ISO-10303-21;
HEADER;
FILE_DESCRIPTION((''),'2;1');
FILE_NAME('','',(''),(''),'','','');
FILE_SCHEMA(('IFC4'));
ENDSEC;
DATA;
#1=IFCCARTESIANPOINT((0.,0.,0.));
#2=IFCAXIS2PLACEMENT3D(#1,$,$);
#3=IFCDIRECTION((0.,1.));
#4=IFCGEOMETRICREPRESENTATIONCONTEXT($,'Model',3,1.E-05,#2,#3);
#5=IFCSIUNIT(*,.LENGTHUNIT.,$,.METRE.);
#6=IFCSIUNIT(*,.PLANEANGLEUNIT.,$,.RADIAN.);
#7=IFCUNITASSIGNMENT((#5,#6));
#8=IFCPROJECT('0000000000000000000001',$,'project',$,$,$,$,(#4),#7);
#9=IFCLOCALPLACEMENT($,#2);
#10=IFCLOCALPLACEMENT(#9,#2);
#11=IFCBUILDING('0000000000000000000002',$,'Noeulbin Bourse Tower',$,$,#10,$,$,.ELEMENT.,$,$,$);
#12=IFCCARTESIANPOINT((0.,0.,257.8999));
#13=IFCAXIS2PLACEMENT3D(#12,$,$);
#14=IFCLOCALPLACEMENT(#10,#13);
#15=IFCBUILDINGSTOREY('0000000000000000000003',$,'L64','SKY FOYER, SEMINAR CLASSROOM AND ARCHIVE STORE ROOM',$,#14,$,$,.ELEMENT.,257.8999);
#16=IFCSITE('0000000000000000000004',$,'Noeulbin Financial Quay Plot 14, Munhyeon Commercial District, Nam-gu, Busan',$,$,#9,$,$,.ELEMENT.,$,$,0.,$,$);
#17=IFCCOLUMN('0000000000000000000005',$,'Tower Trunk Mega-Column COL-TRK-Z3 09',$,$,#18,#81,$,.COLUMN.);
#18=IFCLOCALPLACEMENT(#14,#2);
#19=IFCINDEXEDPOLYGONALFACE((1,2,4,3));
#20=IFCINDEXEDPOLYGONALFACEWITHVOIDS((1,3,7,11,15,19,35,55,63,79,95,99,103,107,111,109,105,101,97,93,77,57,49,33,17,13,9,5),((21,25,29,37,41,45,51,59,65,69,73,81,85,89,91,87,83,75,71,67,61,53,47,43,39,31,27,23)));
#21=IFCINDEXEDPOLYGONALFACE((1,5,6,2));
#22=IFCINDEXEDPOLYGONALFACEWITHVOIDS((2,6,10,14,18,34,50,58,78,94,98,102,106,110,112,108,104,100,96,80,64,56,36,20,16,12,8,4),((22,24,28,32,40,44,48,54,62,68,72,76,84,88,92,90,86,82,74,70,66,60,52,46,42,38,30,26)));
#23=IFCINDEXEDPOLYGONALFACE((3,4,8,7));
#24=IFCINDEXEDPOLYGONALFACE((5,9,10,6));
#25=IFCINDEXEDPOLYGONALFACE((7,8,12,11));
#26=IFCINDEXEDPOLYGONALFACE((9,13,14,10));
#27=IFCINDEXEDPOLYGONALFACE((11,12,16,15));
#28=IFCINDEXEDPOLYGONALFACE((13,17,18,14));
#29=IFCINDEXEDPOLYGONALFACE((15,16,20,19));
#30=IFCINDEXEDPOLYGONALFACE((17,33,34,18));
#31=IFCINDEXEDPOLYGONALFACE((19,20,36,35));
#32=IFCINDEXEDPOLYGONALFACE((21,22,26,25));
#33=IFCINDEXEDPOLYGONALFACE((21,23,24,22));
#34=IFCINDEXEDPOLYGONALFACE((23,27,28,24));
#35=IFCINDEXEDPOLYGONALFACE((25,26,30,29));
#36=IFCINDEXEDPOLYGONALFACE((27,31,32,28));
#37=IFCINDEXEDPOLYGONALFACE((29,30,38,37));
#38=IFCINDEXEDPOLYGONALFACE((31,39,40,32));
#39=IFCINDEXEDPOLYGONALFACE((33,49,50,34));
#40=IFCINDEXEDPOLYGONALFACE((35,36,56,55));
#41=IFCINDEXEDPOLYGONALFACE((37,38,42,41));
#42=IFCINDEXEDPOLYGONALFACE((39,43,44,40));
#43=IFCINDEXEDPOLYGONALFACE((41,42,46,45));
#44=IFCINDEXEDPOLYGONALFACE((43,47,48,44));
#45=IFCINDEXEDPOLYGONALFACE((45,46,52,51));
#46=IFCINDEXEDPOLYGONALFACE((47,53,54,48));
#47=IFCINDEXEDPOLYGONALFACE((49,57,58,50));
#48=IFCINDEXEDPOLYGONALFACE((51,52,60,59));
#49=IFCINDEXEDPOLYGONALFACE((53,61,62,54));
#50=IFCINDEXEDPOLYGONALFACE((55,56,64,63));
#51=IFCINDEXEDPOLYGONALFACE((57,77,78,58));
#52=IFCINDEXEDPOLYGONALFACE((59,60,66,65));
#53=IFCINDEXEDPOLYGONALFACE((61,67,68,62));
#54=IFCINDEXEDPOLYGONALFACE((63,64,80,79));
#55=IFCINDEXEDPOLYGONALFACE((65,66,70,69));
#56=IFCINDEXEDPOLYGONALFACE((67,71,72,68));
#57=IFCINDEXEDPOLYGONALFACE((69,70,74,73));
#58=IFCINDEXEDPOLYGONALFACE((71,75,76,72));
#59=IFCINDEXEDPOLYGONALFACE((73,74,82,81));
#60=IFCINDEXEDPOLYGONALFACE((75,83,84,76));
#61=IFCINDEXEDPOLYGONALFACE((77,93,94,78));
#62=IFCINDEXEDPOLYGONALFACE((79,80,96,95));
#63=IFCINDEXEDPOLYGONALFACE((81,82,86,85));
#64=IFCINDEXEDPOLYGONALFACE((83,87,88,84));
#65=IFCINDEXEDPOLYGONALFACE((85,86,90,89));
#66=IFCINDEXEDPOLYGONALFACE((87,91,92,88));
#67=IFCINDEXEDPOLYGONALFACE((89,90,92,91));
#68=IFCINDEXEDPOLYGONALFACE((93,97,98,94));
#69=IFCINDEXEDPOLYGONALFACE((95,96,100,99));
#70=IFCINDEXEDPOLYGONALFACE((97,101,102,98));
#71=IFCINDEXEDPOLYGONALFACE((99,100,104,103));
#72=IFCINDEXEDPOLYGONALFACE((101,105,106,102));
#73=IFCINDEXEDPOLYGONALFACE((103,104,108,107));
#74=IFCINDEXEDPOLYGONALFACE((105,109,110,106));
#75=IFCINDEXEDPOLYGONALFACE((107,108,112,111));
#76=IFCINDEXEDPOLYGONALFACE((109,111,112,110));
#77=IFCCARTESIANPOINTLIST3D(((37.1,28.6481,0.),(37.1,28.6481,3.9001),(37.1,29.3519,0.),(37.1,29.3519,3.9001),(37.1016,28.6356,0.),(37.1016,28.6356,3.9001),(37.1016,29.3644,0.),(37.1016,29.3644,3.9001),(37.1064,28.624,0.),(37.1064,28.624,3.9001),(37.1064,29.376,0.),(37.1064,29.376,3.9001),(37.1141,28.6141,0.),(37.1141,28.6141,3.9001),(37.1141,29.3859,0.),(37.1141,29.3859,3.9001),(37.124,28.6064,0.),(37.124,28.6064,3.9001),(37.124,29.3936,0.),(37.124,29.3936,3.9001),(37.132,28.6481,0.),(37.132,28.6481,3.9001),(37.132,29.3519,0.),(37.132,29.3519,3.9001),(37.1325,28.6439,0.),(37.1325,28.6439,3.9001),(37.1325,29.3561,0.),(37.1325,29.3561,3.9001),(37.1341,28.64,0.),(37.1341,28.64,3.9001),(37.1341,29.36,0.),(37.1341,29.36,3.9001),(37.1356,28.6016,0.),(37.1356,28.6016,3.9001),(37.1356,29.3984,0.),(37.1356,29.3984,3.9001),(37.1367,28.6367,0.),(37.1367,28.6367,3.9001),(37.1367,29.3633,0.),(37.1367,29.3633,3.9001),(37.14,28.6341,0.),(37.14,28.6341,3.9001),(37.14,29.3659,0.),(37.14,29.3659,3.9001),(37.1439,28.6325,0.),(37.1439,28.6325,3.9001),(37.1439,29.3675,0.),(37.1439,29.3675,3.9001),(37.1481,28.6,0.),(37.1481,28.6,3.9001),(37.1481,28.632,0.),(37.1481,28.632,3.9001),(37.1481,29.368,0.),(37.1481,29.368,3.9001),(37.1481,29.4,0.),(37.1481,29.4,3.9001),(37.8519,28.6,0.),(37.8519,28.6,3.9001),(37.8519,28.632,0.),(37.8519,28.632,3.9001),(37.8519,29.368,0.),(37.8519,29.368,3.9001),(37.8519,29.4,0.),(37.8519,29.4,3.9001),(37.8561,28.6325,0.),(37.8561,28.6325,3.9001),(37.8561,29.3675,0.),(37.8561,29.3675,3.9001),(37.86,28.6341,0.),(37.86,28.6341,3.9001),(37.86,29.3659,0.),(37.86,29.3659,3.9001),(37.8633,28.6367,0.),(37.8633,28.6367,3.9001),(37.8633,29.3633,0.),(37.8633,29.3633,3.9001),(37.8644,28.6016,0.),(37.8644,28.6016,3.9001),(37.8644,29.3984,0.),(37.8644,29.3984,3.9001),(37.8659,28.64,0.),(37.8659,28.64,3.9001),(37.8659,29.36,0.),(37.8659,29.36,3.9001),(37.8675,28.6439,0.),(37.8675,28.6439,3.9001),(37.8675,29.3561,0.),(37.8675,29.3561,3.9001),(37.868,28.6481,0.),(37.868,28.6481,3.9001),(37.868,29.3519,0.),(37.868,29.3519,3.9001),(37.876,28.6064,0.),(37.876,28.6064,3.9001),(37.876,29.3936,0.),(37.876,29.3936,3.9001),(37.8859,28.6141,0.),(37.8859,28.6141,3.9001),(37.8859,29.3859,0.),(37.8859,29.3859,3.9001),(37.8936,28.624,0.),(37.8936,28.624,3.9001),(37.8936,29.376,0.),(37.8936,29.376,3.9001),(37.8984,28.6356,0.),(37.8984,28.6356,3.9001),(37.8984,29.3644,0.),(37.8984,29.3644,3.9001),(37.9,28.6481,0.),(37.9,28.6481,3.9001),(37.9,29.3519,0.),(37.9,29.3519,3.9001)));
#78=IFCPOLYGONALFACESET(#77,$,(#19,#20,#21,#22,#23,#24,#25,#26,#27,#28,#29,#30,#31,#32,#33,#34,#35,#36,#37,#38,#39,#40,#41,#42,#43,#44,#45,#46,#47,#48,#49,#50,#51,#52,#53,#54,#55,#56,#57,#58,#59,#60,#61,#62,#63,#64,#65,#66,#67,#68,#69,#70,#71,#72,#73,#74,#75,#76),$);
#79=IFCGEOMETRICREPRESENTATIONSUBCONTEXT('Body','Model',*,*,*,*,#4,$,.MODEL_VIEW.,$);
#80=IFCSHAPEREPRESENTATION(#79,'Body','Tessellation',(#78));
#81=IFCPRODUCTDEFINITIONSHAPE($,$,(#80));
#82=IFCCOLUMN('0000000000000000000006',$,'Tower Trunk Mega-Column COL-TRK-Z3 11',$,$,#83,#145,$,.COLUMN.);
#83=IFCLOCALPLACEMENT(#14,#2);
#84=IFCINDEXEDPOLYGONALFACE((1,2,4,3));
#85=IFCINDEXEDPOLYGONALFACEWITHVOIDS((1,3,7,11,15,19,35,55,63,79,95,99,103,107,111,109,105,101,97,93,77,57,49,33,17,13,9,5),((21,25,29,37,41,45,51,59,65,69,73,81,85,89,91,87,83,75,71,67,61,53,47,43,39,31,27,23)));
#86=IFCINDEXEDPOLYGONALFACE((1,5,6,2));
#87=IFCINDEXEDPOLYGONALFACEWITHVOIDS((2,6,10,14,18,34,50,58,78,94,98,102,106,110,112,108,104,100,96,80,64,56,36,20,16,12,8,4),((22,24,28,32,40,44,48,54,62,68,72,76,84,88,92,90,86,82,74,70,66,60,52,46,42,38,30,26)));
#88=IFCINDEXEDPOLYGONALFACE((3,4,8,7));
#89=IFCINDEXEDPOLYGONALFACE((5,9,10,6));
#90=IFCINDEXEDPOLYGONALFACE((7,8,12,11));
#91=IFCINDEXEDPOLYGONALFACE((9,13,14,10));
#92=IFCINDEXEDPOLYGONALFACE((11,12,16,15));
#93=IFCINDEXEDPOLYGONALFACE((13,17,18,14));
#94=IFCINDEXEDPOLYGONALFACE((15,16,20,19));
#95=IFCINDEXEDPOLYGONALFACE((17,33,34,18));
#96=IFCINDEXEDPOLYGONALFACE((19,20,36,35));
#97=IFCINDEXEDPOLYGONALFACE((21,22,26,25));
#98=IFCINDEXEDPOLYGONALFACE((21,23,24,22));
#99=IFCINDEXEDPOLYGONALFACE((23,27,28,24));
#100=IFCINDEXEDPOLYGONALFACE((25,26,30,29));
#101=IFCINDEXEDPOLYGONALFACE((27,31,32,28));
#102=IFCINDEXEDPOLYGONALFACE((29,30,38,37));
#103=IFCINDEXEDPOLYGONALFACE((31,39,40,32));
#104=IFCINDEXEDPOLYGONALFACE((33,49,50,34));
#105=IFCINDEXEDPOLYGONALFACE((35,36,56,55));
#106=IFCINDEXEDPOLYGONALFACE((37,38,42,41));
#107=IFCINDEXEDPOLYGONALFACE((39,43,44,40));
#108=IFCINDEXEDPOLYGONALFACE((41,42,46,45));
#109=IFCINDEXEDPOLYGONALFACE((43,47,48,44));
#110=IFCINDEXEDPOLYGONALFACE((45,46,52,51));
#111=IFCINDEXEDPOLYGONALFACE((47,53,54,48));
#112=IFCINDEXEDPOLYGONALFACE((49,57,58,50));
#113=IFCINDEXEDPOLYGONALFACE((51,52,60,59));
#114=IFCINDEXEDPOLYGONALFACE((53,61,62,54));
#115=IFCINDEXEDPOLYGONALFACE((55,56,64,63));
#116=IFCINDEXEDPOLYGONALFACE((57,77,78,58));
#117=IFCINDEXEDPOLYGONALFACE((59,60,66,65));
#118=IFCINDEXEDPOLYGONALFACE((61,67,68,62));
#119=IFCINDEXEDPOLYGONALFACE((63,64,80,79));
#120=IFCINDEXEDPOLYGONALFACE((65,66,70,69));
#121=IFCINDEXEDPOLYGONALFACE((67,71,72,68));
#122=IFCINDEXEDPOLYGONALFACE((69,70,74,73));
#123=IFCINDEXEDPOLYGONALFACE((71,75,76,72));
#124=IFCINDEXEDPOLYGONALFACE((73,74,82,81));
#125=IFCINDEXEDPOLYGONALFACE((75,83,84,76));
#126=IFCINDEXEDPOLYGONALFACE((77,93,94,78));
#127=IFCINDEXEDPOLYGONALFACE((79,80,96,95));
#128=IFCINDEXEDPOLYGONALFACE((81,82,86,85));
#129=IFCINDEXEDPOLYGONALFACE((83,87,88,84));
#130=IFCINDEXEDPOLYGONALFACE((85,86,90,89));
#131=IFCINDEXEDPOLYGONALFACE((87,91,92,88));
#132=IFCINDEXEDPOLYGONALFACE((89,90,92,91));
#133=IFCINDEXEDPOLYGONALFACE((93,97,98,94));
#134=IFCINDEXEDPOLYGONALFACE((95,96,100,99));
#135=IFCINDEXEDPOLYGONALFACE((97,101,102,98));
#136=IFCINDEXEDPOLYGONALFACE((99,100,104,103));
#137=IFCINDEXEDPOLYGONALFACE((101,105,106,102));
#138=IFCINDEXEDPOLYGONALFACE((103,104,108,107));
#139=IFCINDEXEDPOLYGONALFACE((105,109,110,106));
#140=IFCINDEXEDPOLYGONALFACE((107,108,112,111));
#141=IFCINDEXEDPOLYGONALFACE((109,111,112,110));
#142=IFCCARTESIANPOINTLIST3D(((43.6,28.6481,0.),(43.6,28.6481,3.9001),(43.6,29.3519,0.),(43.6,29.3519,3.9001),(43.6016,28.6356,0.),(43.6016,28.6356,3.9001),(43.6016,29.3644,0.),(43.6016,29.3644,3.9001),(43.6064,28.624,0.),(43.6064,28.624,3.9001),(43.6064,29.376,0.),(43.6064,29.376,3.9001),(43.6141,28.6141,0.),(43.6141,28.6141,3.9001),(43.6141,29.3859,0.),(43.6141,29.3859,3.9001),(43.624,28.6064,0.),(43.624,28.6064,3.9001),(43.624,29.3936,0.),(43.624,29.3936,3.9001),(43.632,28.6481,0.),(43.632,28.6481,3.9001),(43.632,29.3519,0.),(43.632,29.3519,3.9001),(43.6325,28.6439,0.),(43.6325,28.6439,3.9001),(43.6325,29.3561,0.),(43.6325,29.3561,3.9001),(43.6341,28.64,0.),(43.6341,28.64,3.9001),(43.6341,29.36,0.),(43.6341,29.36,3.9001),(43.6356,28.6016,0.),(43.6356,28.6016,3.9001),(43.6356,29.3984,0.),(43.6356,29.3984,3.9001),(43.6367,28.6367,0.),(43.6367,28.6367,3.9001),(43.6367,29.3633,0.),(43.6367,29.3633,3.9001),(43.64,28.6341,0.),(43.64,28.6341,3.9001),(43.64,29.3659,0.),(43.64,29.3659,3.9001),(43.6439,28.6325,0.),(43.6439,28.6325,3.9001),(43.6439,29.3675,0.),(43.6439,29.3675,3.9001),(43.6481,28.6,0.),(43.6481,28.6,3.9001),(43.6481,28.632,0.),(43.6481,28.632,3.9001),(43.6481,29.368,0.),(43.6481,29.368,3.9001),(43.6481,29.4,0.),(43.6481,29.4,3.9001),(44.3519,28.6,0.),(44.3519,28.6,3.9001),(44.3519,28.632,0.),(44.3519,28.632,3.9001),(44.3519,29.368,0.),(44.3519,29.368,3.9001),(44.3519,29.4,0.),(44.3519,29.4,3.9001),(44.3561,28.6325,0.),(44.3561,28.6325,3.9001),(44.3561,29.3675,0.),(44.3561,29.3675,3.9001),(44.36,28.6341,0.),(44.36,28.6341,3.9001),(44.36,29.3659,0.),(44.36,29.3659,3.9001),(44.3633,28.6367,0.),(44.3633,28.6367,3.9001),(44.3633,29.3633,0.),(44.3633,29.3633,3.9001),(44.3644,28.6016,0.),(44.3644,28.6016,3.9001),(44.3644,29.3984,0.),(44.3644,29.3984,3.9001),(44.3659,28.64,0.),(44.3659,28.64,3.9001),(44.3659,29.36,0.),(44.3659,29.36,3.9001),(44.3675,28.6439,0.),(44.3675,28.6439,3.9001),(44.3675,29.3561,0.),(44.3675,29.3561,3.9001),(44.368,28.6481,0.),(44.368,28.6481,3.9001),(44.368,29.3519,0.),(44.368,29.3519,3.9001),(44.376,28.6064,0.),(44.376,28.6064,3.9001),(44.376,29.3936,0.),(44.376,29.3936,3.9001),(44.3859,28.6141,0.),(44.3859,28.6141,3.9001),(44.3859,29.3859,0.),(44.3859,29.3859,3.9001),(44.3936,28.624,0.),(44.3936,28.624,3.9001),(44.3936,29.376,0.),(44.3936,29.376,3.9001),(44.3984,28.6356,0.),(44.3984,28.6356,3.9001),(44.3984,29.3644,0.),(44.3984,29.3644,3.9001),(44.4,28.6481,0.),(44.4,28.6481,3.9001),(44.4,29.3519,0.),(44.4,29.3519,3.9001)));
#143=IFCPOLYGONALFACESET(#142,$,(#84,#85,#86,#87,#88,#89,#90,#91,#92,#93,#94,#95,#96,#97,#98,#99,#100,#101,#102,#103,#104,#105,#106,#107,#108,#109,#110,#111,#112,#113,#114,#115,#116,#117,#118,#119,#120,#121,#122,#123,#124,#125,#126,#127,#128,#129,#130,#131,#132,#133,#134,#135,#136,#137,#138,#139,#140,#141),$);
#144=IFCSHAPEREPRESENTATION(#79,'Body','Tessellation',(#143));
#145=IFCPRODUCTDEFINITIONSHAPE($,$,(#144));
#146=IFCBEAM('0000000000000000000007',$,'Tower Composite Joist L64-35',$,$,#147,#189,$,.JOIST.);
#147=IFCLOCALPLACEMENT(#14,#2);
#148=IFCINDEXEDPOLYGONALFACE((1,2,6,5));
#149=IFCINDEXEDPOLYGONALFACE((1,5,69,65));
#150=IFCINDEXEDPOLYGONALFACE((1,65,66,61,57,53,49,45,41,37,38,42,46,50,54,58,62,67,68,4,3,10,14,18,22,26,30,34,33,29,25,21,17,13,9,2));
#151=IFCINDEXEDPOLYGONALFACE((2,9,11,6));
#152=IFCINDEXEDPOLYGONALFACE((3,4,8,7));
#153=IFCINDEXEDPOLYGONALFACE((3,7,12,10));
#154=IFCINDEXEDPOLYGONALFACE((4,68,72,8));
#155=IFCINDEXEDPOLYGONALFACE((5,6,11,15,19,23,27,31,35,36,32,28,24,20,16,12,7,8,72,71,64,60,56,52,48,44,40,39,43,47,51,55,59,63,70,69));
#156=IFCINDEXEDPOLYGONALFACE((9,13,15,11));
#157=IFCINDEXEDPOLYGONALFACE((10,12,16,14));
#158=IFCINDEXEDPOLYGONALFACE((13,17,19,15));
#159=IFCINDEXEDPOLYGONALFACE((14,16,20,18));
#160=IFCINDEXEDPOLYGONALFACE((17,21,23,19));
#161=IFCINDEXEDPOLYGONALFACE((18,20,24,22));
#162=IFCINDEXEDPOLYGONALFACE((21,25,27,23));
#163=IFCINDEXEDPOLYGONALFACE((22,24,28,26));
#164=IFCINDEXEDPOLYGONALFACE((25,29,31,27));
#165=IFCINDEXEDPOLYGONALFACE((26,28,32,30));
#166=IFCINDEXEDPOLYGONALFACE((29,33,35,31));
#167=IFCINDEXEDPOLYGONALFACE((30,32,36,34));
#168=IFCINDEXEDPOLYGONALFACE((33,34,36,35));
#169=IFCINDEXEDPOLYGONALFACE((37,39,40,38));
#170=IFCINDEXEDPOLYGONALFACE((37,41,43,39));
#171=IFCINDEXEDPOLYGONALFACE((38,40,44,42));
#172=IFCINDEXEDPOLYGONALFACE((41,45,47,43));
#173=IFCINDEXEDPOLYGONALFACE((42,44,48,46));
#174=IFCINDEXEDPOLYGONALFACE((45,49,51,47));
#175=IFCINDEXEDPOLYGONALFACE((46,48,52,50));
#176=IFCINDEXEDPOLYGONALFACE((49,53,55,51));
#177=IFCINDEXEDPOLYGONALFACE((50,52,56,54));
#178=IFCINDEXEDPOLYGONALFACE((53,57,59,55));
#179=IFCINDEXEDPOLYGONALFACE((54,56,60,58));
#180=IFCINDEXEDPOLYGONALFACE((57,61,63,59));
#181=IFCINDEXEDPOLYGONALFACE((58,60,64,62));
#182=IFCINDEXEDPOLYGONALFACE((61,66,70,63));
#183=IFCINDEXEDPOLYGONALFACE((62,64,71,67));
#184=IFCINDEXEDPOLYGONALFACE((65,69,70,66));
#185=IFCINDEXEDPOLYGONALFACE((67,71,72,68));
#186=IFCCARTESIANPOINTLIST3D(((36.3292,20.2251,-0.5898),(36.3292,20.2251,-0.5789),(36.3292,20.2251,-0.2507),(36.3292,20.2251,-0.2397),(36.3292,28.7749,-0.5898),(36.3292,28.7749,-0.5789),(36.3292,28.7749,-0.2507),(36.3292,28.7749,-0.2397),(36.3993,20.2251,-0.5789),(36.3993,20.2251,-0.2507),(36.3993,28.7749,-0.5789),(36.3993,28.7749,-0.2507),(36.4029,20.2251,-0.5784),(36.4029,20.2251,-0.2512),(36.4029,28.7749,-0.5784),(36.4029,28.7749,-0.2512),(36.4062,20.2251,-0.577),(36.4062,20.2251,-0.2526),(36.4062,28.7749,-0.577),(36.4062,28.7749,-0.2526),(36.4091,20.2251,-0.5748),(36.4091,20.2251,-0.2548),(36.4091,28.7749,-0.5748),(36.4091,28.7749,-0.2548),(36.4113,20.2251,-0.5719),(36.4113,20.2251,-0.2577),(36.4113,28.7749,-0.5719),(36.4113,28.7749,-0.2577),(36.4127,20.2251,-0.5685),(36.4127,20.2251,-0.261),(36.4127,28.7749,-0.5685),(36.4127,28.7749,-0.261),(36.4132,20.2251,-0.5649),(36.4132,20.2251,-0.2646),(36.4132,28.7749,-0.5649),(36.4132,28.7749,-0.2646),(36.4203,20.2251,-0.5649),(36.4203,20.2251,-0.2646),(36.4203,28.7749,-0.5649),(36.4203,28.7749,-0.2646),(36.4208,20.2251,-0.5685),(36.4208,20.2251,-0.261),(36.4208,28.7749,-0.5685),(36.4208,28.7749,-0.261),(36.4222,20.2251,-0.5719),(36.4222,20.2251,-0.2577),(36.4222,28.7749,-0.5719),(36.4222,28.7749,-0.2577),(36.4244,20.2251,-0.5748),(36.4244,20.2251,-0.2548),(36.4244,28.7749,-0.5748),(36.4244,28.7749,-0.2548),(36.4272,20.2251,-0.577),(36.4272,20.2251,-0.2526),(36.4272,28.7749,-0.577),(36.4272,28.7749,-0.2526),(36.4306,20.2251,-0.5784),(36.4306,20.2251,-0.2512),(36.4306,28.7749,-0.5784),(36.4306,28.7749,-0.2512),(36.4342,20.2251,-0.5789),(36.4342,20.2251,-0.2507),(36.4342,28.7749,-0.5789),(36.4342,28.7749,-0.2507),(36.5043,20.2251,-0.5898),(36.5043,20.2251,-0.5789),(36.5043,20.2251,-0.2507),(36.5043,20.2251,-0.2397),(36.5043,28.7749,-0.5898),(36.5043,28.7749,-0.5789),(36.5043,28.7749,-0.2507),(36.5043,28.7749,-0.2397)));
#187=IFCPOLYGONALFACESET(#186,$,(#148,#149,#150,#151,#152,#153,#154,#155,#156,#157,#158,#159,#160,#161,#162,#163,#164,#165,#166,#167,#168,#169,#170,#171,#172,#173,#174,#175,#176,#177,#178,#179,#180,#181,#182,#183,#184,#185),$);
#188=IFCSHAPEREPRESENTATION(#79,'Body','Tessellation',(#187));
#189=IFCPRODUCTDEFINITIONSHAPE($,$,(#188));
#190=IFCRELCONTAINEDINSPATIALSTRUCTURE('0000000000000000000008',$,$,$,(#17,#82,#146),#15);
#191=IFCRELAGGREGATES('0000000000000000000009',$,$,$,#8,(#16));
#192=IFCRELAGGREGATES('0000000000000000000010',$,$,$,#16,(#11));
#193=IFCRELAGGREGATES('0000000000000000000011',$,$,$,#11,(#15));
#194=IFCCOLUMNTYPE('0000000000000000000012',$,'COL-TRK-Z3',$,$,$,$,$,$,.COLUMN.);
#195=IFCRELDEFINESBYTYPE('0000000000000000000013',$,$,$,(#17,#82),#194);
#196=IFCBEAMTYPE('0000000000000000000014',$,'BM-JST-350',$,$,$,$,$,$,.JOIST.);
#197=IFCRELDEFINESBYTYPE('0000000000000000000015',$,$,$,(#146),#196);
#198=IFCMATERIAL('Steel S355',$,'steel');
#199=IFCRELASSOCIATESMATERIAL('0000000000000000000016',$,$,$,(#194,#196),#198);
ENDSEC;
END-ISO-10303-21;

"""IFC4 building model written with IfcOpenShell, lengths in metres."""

from ifc_helpers import new_model, si_unit, direction, frame, origin, origin_2d, place, context, subcontext, project, spatial, hollow_rectangle, i_section, extrude, material, material_profile, profile_set, type_object, element, save


model = new_model("IFC4")

# Units and contexts
model_context = context("Model", 3, precision=1e-05, world=origin(), true_north=direction((0.0, 1.0)))
body_context = subcontext(model_context, "Body", "Model", "MODEL_VIEW")
ifc_project = project(units=[si_unit("LENGTHUNIT", "METRE"), si_unit("PLANEANGLEUNIT", "RADIAN")], contexts=[model_context])

# Site, building, storey
site_placement = place(None, origin())
site = spatial("IfcSite", under=ifc_project, at=site_placement, Name="Noeulbin Financial Quay Plot 14, Munhyeon Commercial District, Nam-gu, Busan", CompositionType="ELEMENT", RefElevation=0.0)
building_placement = place(site_placement, origin())
building = spatial("IfcBuilding", under=site, at=building_placement, Name="Noeulbin Bourse Tower", CompositionType="ELEMENT")
storey_placement = place(building_placement, frame((0.0, 0.0, 257.8999)))
storey = spatial("IfcBuildingStorey", under=building, at=storey_placement, Name="L64", Description="SKY FOYER, SEMINAR CLASSROOM AND ARCHIVE STORE ROOM", CompositionType="ELEMENT", Elevation=257.8999)

# Columns
ifc_material_1 = material(Name="Steel S355", Category="steel")
ifc_material_profile_1 = material_profile(ifc_material_1, hollow_rectangle(XDim=0.8, YDim=0.8, WallThickness=0.032, InnerFilletRadius=0.0161, OuterFilletRadius=0.0481, at=origin_2d()), Name="BOX-800x800x32", Category="LoadBearing")
ifc_profile_set_1 = profile_set([ifc_material_profile_1], Name="Steel S355")
column_type = type_object("IfcColumnType", Name="COL-TRK-Z3", PredefinedType="COLUMN", material=ifc_profile_set_1)
for number, where, z_axis, x_axis, name in (
    (1, (37.5, 29.0, 0.0), (0.0, 0.0, 1.0), (1.0, 0.0, 0.0), "Tower Trunk Mega-Column COL-TRK-Z3 09"),
    (2, (44.0, 29.0, 0.0), (0.0, 0.0, 1.0), (1.0, 0.0, 0.0), "Tower Trunk Mega-Column COL-TRK-Z3 11"),
):
    element("IfcColumn", number, at=place(storey_placement, frame(where, z_axis=z_axis, x_axis=x_axis)), inside=storey, type_object=column_type, Name=name, PredefinedType="COLUMN", context=body_context, shape_type="SweptSolid", body=[
        extrude(hollow_rectangle(XDim=0.8, YDim=0.8, WallThickness=0.032, InnerFilletRadius=0.0161, OuterFilletRadius=0.0481, at=origin_2d()), origin(), (0.0, 0.0, 1.0), 3.9001),
    ])

# Beam
ifc_material_profile_2 = material_profile(ifc_material_1, i_section(OverallWidth=0.175, OverallDepth=0.3501, WebThickness=0.0071, FlangeThickness=0.011, FilletRadius=0.0139, at=origin_2d()), Name="H-350x175x7x11", Category="LoadBearing")
ifc_profile_set_2 = profile_set([ifc_material_profile_2], Name="Steel S355")
beam_type = type_object("IfcBeamType", Name="BM-JST-350", PredefinedType="JOIST", material=ifc_profile_set_2)
beam_placement = place(storey_placement, frame((36.4167, 20.2251, -0.4148), z_axis=(0.0, 1.0, 0.0), x_axis=(-1.0, 0.0, 0.0)))
element("IfcBeam", 3, at=beam_placement, inside=storey, type_object=beam_type, Name="Tower Composite Joist L64-35", PredefinedType="JOIST", context=body_context, shape_type="SweptSolid", body=[
    extrude(i_section(OverallWidth=0.175, OverallDepth=0.3501, WebThickness=0.0071, FlangeThickness=0.011, FilletRadius=0.0139, at=origin_2d()), origin(), (0.0, 0.0, 1.0), 8.5498),
])

save(model, "model.ifc")
